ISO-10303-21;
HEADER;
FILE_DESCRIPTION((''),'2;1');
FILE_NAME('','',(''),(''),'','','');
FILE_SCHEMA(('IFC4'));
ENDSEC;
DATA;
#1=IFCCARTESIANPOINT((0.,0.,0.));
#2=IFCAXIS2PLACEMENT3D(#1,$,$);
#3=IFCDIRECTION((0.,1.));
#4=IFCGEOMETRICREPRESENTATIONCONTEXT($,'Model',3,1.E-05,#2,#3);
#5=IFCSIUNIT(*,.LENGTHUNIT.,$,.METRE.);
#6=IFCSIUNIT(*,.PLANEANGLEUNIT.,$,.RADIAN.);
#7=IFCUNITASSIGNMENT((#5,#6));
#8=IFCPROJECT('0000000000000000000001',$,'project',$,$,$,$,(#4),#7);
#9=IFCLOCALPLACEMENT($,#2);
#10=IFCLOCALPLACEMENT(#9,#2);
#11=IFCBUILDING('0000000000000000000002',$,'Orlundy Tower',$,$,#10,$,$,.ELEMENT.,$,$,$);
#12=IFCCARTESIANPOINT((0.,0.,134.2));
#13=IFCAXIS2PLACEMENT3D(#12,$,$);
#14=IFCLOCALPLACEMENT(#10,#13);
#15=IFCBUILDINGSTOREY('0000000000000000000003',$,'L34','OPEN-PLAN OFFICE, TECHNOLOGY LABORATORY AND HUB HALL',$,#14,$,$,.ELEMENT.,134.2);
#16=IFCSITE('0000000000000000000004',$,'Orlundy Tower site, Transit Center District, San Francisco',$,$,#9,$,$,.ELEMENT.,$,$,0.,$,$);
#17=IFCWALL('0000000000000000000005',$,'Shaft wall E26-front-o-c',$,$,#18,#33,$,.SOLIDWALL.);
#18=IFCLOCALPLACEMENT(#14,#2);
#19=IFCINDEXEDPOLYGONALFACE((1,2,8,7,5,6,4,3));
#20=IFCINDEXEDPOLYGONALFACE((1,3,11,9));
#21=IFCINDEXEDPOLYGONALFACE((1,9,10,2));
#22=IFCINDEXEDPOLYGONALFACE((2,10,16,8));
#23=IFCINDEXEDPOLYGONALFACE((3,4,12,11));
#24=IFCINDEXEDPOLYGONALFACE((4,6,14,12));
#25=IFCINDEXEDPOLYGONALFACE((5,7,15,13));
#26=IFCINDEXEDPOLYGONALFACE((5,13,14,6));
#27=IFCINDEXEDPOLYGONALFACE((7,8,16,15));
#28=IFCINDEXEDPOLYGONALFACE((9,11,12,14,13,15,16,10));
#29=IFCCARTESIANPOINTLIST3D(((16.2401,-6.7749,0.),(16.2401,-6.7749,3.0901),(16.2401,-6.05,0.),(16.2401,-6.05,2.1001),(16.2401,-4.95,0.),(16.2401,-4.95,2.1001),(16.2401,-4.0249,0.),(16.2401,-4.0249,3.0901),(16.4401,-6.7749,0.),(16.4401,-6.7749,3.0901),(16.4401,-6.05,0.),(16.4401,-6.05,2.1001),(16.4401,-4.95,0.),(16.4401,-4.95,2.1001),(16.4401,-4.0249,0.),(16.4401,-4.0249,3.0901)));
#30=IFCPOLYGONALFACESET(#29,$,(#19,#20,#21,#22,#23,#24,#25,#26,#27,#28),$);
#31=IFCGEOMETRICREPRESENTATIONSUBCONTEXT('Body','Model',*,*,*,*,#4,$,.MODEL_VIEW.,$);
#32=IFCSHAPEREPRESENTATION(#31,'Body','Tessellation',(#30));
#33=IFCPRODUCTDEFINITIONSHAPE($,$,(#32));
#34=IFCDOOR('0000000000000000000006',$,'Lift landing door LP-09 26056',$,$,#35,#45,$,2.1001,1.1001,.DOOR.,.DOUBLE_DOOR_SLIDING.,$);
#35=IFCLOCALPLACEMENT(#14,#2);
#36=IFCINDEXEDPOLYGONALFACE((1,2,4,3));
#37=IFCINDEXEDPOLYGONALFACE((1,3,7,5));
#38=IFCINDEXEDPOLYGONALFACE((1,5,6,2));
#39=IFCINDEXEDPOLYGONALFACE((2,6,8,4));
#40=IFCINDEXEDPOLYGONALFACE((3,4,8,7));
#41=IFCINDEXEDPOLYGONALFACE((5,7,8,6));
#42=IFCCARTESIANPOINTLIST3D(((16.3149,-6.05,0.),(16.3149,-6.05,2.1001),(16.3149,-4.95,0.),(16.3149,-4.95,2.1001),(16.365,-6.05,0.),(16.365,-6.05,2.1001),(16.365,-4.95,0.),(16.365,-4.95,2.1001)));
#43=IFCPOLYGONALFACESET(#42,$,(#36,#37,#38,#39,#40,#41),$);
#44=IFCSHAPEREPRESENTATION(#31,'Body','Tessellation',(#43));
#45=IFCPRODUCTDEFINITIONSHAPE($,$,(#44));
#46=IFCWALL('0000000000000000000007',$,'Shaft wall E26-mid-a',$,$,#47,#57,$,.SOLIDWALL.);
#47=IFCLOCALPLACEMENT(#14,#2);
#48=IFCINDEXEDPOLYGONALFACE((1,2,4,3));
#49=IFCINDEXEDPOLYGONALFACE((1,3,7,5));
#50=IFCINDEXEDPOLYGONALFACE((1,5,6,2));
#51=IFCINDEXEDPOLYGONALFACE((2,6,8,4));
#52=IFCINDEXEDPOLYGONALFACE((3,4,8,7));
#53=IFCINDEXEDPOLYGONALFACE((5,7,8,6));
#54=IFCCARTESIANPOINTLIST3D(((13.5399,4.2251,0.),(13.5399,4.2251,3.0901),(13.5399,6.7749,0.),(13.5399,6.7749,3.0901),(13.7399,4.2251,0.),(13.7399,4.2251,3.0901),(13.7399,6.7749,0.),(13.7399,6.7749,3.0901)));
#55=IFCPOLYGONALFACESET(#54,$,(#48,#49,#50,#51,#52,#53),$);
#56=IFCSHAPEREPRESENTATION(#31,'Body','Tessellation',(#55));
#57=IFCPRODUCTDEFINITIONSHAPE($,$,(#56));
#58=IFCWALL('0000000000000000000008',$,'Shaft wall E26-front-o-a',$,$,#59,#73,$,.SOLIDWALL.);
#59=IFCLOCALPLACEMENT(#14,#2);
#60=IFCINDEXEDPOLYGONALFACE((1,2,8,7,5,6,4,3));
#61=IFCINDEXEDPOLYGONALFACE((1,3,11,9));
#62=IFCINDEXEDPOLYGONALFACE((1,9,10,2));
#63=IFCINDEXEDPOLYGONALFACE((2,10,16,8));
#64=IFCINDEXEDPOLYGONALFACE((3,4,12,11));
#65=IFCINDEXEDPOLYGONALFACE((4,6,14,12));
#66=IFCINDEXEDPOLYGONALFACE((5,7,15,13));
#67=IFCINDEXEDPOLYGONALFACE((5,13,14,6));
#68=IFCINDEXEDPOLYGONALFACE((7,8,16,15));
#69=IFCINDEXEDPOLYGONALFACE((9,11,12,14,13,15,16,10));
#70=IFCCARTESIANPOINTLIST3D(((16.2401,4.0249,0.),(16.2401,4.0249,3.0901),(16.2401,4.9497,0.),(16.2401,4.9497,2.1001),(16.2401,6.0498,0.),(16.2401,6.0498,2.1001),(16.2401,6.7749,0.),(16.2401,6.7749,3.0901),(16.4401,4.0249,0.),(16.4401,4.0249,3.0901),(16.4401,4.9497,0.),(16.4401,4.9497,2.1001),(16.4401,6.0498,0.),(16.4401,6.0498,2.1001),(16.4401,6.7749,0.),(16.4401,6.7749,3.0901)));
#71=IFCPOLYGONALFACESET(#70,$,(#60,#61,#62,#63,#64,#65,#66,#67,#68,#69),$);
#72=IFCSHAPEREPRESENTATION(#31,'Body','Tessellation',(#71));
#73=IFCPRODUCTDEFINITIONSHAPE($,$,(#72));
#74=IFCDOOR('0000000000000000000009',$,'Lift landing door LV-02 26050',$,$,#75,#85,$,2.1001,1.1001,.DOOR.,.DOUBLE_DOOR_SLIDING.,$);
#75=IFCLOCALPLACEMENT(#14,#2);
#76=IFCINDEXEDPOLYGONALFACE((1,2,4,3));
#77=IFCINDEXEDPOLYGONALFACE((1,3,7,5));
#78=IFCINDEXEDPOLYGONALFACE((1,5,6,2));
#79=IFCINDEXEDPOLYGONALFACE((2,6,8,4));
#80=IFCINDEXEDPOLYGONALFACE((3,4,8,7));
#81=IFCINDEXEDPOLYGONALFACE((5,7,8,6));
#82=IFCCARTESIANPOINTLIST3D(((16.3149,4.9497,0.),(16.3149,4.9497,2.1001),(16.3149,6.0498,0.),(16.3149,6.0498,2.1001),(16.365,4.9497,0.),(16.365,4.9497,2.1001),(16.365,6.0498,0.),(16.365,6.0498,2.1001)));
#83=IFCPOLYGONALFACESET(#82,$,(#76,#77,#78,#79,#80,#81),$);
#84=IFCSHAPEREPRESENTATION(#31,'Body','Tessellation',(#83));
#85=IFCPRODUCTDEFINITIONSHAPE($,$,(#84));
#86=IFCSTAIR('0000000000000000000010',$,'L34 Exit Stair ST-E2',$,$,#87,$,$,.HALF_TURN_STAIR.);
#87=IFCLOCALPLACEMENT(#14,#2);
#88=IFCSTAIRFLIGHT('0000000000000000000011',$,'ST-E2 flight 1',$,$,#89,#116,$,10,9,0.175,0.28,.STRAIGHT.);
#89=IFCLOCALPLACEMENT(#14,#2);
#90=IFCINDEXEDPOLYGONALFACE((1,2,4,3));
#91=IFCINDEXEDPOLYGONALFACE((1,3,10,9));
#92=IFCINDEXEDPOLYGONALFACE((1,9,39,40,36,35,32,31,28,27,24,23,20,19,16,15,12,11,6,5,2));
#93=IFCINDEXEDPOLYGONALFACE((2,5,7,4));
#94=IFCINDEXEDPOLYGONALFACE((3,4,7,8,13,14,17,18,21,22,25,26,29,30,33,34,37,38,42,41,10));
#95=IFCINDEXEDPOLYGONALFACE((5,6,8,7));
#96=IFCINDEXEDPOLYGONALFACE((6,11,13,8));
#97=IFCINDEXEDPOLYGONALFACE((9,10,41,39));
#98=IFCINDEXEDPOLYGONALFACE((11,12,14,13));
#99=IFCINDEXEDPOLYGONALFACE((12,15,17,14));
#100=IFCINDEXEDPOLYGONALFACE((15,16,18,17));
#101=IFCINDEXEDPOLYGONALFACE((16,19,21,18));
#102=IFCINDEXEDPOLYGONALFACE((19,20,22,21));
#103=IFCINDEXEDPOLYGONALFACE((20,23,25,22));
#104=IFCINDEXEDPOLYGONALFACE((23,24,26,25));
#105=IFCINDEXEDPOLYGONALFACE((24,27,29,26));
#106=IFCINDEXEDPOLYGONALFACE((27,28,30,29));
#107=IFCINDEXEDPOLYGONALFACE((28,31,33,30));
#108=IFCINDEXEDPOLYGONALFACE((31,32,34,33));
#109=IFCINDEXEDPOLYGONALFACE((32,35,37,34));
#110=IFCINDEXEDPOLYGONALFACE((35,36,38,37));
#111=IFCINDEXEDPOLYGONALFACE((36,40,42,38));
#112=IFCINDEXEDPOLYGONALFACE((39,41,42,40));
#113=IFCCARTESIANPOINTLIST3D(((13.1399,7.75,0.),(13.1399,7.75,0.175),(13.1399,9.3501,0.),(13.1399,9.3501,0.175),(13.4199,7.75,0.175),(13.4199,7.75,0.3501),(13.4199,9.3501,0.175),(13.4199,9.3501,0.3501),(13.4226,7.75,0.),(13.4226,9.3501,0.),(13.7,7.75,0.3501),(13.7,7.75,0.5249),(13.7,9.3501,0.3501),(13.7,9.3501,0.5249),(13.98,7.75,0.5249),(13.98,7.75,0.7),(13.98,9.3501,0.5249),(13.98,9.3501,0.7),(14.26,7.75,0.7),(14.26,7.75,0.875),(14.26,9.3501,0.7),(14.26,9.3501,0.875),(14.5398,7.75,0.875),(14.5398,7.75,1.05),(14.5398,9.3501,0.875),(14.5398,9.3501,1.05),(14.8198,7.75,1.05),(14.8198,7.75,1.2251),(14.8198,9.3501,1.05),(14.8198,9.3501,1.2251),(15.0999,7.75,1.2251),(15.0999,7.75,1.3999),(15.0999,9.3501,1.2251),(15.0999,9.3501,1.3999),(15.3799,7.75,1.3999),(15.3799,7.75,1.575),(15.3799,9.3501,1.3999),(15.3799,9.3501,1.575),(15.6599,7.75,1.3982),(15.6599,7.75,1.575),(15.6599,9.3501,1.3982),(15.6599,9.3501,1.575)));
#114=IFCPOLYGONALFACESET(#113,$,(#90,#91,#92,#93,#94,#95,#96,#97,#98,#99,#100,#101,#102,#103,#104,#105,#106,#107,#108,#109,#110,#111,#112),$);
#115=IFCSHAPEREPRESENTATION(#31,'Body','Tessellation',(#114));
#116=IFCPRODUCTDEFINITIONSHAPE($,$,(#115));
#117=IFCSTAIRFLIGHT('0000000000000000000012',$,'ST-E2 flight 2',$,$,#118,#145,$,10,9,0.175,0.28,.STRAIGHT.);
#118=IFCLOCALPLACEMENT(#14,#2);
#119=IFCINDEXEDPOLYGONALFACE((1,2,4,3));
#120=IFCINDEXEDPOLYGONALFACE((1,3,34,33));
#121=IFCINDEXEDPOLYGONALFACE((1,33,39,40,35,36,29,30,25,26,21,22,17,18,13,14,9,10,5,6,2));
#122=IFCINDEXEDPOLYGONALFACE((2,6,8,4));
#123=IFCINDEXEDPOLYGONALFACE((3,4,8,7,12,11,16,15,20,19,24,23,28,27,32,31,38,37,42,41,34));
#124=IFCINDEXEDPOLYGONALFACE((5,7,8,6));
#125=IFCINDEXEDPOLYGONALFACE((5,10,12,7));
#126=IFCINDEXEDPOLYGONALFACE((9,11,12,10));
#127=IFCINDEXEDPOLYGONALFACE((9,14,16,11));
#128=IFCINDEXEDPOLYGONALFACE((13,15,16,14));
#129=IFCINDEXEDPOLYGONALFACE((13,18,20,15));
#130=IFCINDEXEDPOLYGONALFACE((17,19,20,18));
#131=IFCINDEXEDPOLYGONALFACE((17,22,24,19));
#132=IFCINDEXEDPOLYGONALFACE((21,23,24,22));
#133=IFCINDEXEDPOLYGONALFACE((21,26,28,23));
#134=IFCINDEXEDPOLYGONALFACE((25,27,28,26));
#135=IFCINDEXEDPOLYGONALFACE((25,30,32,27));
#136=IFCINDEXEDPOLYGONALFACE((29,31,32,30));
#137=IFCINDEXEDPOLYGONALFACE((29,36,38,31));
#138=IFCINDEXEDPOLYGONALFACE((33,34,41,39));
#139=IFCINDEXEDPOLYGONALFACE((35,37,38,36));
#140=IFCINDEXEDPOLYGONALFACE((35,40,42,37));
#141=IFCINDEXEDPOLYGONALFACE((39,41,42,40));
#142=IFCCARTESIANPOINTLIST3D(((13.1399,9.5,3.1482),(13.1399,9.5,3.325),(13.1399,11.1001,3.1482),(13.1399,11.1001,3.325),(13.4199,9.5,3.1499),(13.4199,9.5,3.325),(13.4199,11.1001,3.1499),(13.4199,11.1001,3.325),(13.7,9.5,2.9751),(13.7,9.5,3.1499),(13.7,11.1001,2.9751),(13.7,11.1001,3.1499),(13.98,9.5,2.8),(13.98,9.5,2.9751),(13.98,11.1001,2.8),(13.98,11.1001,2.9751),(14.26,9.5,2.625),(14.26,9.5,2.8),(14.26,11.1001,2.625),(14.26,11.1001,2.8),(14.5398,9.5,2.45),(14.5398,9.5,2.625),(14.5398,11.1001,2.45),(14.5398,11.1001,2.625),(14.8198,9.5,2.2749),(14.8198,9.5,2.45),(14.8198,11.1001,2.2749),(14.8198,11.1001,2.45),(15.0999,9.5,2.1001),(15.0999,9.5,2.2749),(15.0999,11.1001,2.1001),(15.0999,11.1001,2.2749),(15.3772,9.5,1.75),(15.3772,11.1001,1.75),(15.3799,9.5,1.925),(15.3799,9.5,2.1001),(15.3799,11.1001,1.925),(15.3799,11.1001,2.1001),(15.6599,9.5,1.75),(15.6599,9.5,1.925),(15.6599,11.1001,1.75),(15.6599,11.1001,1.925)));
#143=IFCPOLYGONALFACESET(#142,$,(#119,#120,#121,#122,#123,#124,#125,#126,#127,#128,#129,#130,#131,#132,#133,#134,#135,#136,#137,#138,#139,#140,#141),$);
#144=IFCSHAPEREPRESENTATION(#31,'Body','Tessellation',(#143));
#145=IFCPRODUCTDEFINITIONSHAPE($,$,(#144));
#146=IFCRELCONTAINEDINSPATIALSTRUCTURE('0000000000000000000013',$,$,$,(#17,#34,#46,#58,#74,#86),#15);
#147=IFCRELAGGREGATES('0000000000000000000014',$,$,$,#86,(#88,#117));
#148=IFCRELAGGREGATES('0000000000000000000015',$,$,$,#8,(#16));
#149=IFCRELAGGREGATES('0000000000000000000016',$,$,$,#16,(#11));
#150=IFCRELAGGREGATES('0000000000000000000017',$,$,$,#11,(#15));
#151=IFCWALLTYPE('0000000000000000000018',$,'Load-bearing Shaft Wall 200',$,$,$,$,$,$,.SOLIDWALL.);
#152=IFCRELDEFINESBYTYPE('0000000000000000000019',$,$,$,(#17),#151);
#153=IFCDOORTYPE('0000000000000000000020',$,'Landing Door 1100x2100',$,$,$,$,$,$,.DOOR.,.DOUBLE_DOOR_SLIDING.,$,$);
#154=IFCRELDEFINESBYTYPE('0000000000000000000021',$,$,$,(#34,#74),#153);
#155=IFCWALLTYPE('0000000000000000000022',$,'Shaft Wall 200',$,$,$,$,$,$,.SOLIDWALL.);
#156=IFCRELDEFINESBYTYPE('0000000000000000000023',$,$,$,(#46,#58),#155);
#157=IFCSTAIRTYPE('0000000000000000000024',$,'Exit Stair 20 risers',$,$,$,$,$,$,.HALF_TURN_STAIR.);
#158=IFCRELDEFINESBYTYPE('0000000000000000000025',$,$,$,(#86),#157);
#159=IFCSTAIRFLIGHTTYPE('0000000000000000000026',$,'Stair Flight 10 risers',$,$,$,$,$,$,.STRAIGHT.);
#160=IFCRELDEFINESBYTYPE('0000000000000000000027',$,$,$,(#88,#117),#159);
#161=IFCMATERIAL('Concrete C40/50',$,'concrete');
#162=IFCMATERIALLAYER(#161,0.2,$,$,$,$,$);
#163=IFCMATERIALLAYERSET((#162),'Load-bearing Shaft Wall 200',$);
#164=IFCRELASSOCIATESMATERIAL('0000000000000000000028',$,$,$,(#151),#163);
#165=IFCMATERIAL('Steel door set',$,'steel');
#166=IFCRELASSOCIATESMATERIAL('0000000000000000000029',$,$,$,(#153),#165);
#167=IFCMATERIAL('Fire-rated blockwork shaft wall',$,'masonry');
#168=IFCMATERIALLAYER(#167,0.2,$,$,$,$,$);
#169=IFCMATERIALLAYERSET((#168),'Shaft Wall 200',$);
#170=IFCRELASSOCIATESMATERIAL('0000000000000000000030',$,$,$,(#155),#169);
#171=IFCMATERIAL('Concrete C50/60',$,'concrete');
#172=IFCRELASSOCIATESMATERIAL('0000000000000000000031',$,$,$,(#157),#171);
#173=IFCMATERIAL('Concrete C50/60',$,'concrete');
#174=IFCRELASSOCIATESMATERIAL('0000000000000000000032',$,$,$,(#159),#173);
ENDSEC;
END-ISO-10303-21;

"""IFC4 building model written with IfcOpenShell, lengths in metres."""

from ifc_helpers import new_model, si_unit, direction, frame, frame_2d, origin, place, context, subcontext, project, spatial, polyline, rectangle, outline, extrude, material, layer, layer_set, type_object, element, fill, aggregate, save


model = new_model("IFC4")

# Units and contexts
model_context = context("Model", 3, precision=1e-05, world=origin(), true_north=direction((0.0, 1.0)))
body_context = subcontext(model_context, "Body", "Model", "MODEL_VIEW")
ifc_project = project(units=[si_unit("LENGTHUNIT", "METRE"), si_unit("PLANEANGLEUNIT", "RADIAN")], contexts=[model_context])

# Site, building, storey
site_placement = place(None, origin())
site = spatial("IfcSite", under=ifc_project, at=site_placement, Name="Orlundy Tower site, Transit Center District, San Francisco", CompositionType="ELEMENT", RefElevation=0.0)
building_placement = place(site_placement, origin())
building = spatial("IfcBuilding", under=site, at=building_placement, Name="Orlundy Tower", CompositionType="ELEMENT")
storey_placement = place(building_placement, frame((0.0, 0.0, 134.2)))
storey = spatial("IfcBuildingStorey", under=building, at=storey_placement, Name="L34", Description="OPEN-PLAN OFFICE, TECHNOLOGY LABORATORY AND HUB HALL", CompositionType="ELEMENT", Elevation=134.2)

# Shared definitions
ifc_material_1 = material(Name="Concrete C40/50", Category="concrete")
ifc_layer_1 = layer(ifc_material_1, 0.2)
ifc_layer_set_1 = layer_set([ifc_layer_1], Name="Load-bearing Shaft Wall 200")
wall_type_1 = type_object("IfcWallType", Name="Load-bearing Shaft Wall 200", PredefinedType="SOLIDWALL", material=ifc_layer_set_1)

# Shared definitions
ifc_material_2 = material(Name="Steel door set", Category="steel")
door_type_1 = type_object("IfcDoorType", Name="Landing Door 1100x2100", OperationType="DOUBLE_DOOR_SLIDING", PredefinedType="DOOR", material=ifc_material_2)

# Wall, opening, door
wall_1_placement = place(storey_placement, frame((16.3401, -4.0249, 0.0), z_axis=(0.0, 0.0, 1.0), x_axis=(0.0, -1.0, 0.0)))
wall_1 = element("IfcWall", 1, at=wall_1_placement, inside=storey, type_object=wall_type_1, Name="Shaft wall E26-front-o-c", PredefinedType="SOLIDWALL", context=body_context, shape_type="SweptSolid", body=[
    extrude(rectangle(XDim=2.75, YDim=0.2, at=frame_2d((1.375, 0.0))), origin(), (0.0, 0.0, 1.0), 3.0901),
])
opening_1_placement = place(wall_1_placement, frame((0.925, 0.0, 0.0)))
opening_1 = element("IfcOpeningElement", 2, at=opening_1_placement, cuts=wall_1, PredefinedType="OPENING", context=body_context, shape_type="SweptSolid", body=[
    extrude(rectangle(XDim=1.1001, YDim=2.1001, at=frame_2d((0.55, 1.05))), frame((0.0, 0.1101, 0.0), z_axis=(0.0, -1.0, 0.0), x_axis=(1.0, 0.0, 0.0)), (0.0, 0.0, 1.0), 0.2202),
])
door_1_placement = place(opening_1_placement, origin())
door_1 = element("IfcDoor", 3, at=door_1_placement, inside=storey, type_object=door_type_1, Name="Lift landing door LP-09 26056", OperationType="DOUBLE_DOOR_SLIDING", OverallHeight=2.1001, OverallWidth=1.1001, PredefinedType="DOOR", context=body_context, shape_type="SweptSolid", body=[
    extrude(rectangle(XDim=1.1001, YDim=2.1001, at=frame_2d((0.55, 1.05))), frame((0.0, 0.0249, 0.0), z_axis=(0.0, -1.0, 0.0), x_axis=(1.0, 0.0, 0.0)), (0.0, 0.0, 1.0), 0.05),
])
fill(opening_1, door_1)

# Wall
ifc_material_3 = material(Name="Fire-rated blockwork shaft wall", Category="masonry")
ifc_layer_2 = layer(ifc_material_3, 0.2)
ifc_layer_set_2 = layer_set([ifc_layer_2], Name="Shaft Wall 200")
wall_type_2 = type_object("IfcWallType", Name="Shaft Wall 200", PredefinedType="SOLIDWALL", material=ifc_layer_set_2)
wall_2_placement = place(storey_placement, frame((13.6399, 6.7749, 0.0), z_axis=(0.0, 0.0, 1.0), x_axis=(0.0, -1.0, 0.0)))
element("IfcWall", 4, at=wall_2_placement, inside=storey, type_object=wall_type_2, Name="Shaft wall E26-mid-a", PredefinedType="SOLIDWALL", context=body_context, shape_type="SweptSolid", body=[
    extrude(rectangle(XDim=2.5498, YDim=0.2, at=frame_2d((1.2749, 0.0))), origin(), (0.0, 0.0, 1.0), 3.0901),
])

# Wall, opening, door
wall_3_placement = place(storey_placement, frame((16.3401, 6.7749, 0.0), z_axis=(0.0, 0.0, 1.0), x_axis=(0.0, -1.0, 0.0)))
wall_3 = element("IfcWall", 5, at=wall_3_placement, inside=storey, type_object=wall_type_2, Name="Shaft wall E26-front-o-a", PredefinedType="SOLIDWALL", context=body_context, shape_type="SweptSolid", body=[
    extrude(rectangle(XDim=2.75, YDim=0.2, at=frame_2d((1.375, 0.0))), origin(), (0.0, 0.0, 1.0), 3.0901),
])
opening_2_placement = place(wall_3_placement, frame((0.7251, 0.0, 0.0)))
opening_2 = element("IfcOpeningElement", 6, at=opening_2_placement, cuts=wall_3, PredefinedType="OPENING", context=body_context, shape_type="SweptSolid", body=[
    extrude(rectangle(XDim=1.1001, YDim=2.1001, at=frame_2d((0.55, 1.05))), frame((0.0, 0.1101, 0.0), z_axis=(0.0, -1.0, 0.0), x_axis=(1.0, 0.0, 0.0)), (0.0, 0.0, 1.0), 0.2202),
])
door_2_placement = place(opening_2_placement, origin())
door_2 = element("IfcDoor", 7, at=door_2_placement, inside=storey, type_object=door_type_1, Name="Lift landing door LV-02 26050", OperationType="DOUBLE_DOOR_SLIDING", OverallHeight=2.1001, OverallWidth=1.1001, PredefinedType="DOOR", context=body_context, shape_type="SweptSolid", body=[
    extrude(rectangle(XDim=1.1001, YDim=2.1001, at=frame_2d((0.55, 1.05))), frame((0.0, 0.0249, 0.0), z_axis=(0.0, -1.0, 0.0), x_axis=(1.0, 0.0, 0.0)), (0.0, 0.0, 1.0), 0.05),
])
fill(opening_2, door_2)

# Stair, stair flights
ifc_material_4 = material(Name="Concrete C50/60", Category="concrete")
stair_type = type_object("IfcStairType", Name="Exit Stair 20 risers", PredefinedType="HALF_TURN_STAIR", material=ifc_material_4)
stair_placement = place(storey_placement, origin())
stair = element("IfcStair", 8, at=stair_placement, inside=storey, type_object=stair_type, Name="L34 Exit Stair ST-E2", PredefinedType="HALF_TURN_STAIR")
ifc_material_5 = material(Name="Concrete C50/60", Category="concrete")
stair_flight_type = type_object("IfcStairFlightType", Name="Stair Flight 10 risers", PredefinedType="STRAIGHT", material=ifc_material_5)
stair_flight_1_placement = place(storey_placement, frame((13.1399, 8.55, 0.0), z_axis=(0.0, 0.0, 1.0), x_axis=(1.0, 0.0, 0.0)))
stair_flight_1 = element("IfcStairFlight", 9, at=stair_flight_1_placement, type_object=stair_flight_type, Name="ST-E2 flight 1", NumberOfRisers=10, NumberOfTreads=9, PredefinedType="STRAIGHT", RiserHeight=0.175, TreadLength=0.28, context=body_context, shape_type="SweptSolid", body=[
    extrude(outline(polyline([(0.0, 0.0), (0.0, 0.175), (0.28, 0.175), (0.28, 0.3501), (0.5601, 0.3501), (0.5601, 0.5249), (0.8401, 0.5249), (0.8401, 0.7), (1.1201, 0.7), (1.1201, 0.875), (1.3999, 0.875), (1.3999, 1.05), (1.6799, 1.05), (1.6799, 1.2251), (1.96, 1.2251), (1.96, 1.3999), (2.24, 1.3999), (2.24, 1.575), (2.52, 1.575), (2.52, 1.75), (2.52, 1.3982), (0.2827, 0.0), (0.0, 0.0)])), frame((0.0, 0.8, 0.0), z_axis=(0.0, -1.0, 0.0), x_axis=(1.0, 0.0, 0.0)), (0.0, 0.0, 1.0), 1.6001),
])
stair_flight_2_placement = place(storey_placement, frame((15.6599, 10.3, 1.75), z_axis=(0.0, 0.0, 1.0), x_axis=(-1.0, 0.0, 0.0)))
stair_flight_2 = element("IfcStairFlight", 10, at=stair_flight_2_placement, type_object=stair_flight_type, Name="ST-E2 flight 2", NumberOfRisers=10, NumberOfTreads=9, PredefinedType="STRAIGHT", RiserHeight=0.175, TreadLength=0.28, context=body_context, shape_type="SweptSolid", body=[
    extrude(outline(polyline([(0.0, 0.0), (0.0, 0.175), (0.28, 0.175), (0.28, 0.3501), (0.5601, 0.3501), (0.5601, 0.5249), (0.8401, 0.5249), (0.8401, 0.7), (1.1201, 0.7), (1.1201, 0.875), (1.3999, 0.875), (1.3999, 1.05), (1.6799, 1.05), (1.6799, 1.2251), (1.96, 1.2251), (1.96, 1.3999), (2.24, 1.3999), (2.24, 1.575), (2.52, 1.575), (2.52, 1.75), (2.52, 1.3982), (0.2827, 0.0), (0.0, 0.0)])), frame((0.0, 0.8, 0.0), z_axis=(0.0, -1.0, 0.0), x_axis=(1.0, 0.0, 0.0)), (0.0, 0.0, 1.0), 1.6001),
])
aggregate(stair, [stair_flight_1, stair_flight_2])

save(model, "model.ifc")
